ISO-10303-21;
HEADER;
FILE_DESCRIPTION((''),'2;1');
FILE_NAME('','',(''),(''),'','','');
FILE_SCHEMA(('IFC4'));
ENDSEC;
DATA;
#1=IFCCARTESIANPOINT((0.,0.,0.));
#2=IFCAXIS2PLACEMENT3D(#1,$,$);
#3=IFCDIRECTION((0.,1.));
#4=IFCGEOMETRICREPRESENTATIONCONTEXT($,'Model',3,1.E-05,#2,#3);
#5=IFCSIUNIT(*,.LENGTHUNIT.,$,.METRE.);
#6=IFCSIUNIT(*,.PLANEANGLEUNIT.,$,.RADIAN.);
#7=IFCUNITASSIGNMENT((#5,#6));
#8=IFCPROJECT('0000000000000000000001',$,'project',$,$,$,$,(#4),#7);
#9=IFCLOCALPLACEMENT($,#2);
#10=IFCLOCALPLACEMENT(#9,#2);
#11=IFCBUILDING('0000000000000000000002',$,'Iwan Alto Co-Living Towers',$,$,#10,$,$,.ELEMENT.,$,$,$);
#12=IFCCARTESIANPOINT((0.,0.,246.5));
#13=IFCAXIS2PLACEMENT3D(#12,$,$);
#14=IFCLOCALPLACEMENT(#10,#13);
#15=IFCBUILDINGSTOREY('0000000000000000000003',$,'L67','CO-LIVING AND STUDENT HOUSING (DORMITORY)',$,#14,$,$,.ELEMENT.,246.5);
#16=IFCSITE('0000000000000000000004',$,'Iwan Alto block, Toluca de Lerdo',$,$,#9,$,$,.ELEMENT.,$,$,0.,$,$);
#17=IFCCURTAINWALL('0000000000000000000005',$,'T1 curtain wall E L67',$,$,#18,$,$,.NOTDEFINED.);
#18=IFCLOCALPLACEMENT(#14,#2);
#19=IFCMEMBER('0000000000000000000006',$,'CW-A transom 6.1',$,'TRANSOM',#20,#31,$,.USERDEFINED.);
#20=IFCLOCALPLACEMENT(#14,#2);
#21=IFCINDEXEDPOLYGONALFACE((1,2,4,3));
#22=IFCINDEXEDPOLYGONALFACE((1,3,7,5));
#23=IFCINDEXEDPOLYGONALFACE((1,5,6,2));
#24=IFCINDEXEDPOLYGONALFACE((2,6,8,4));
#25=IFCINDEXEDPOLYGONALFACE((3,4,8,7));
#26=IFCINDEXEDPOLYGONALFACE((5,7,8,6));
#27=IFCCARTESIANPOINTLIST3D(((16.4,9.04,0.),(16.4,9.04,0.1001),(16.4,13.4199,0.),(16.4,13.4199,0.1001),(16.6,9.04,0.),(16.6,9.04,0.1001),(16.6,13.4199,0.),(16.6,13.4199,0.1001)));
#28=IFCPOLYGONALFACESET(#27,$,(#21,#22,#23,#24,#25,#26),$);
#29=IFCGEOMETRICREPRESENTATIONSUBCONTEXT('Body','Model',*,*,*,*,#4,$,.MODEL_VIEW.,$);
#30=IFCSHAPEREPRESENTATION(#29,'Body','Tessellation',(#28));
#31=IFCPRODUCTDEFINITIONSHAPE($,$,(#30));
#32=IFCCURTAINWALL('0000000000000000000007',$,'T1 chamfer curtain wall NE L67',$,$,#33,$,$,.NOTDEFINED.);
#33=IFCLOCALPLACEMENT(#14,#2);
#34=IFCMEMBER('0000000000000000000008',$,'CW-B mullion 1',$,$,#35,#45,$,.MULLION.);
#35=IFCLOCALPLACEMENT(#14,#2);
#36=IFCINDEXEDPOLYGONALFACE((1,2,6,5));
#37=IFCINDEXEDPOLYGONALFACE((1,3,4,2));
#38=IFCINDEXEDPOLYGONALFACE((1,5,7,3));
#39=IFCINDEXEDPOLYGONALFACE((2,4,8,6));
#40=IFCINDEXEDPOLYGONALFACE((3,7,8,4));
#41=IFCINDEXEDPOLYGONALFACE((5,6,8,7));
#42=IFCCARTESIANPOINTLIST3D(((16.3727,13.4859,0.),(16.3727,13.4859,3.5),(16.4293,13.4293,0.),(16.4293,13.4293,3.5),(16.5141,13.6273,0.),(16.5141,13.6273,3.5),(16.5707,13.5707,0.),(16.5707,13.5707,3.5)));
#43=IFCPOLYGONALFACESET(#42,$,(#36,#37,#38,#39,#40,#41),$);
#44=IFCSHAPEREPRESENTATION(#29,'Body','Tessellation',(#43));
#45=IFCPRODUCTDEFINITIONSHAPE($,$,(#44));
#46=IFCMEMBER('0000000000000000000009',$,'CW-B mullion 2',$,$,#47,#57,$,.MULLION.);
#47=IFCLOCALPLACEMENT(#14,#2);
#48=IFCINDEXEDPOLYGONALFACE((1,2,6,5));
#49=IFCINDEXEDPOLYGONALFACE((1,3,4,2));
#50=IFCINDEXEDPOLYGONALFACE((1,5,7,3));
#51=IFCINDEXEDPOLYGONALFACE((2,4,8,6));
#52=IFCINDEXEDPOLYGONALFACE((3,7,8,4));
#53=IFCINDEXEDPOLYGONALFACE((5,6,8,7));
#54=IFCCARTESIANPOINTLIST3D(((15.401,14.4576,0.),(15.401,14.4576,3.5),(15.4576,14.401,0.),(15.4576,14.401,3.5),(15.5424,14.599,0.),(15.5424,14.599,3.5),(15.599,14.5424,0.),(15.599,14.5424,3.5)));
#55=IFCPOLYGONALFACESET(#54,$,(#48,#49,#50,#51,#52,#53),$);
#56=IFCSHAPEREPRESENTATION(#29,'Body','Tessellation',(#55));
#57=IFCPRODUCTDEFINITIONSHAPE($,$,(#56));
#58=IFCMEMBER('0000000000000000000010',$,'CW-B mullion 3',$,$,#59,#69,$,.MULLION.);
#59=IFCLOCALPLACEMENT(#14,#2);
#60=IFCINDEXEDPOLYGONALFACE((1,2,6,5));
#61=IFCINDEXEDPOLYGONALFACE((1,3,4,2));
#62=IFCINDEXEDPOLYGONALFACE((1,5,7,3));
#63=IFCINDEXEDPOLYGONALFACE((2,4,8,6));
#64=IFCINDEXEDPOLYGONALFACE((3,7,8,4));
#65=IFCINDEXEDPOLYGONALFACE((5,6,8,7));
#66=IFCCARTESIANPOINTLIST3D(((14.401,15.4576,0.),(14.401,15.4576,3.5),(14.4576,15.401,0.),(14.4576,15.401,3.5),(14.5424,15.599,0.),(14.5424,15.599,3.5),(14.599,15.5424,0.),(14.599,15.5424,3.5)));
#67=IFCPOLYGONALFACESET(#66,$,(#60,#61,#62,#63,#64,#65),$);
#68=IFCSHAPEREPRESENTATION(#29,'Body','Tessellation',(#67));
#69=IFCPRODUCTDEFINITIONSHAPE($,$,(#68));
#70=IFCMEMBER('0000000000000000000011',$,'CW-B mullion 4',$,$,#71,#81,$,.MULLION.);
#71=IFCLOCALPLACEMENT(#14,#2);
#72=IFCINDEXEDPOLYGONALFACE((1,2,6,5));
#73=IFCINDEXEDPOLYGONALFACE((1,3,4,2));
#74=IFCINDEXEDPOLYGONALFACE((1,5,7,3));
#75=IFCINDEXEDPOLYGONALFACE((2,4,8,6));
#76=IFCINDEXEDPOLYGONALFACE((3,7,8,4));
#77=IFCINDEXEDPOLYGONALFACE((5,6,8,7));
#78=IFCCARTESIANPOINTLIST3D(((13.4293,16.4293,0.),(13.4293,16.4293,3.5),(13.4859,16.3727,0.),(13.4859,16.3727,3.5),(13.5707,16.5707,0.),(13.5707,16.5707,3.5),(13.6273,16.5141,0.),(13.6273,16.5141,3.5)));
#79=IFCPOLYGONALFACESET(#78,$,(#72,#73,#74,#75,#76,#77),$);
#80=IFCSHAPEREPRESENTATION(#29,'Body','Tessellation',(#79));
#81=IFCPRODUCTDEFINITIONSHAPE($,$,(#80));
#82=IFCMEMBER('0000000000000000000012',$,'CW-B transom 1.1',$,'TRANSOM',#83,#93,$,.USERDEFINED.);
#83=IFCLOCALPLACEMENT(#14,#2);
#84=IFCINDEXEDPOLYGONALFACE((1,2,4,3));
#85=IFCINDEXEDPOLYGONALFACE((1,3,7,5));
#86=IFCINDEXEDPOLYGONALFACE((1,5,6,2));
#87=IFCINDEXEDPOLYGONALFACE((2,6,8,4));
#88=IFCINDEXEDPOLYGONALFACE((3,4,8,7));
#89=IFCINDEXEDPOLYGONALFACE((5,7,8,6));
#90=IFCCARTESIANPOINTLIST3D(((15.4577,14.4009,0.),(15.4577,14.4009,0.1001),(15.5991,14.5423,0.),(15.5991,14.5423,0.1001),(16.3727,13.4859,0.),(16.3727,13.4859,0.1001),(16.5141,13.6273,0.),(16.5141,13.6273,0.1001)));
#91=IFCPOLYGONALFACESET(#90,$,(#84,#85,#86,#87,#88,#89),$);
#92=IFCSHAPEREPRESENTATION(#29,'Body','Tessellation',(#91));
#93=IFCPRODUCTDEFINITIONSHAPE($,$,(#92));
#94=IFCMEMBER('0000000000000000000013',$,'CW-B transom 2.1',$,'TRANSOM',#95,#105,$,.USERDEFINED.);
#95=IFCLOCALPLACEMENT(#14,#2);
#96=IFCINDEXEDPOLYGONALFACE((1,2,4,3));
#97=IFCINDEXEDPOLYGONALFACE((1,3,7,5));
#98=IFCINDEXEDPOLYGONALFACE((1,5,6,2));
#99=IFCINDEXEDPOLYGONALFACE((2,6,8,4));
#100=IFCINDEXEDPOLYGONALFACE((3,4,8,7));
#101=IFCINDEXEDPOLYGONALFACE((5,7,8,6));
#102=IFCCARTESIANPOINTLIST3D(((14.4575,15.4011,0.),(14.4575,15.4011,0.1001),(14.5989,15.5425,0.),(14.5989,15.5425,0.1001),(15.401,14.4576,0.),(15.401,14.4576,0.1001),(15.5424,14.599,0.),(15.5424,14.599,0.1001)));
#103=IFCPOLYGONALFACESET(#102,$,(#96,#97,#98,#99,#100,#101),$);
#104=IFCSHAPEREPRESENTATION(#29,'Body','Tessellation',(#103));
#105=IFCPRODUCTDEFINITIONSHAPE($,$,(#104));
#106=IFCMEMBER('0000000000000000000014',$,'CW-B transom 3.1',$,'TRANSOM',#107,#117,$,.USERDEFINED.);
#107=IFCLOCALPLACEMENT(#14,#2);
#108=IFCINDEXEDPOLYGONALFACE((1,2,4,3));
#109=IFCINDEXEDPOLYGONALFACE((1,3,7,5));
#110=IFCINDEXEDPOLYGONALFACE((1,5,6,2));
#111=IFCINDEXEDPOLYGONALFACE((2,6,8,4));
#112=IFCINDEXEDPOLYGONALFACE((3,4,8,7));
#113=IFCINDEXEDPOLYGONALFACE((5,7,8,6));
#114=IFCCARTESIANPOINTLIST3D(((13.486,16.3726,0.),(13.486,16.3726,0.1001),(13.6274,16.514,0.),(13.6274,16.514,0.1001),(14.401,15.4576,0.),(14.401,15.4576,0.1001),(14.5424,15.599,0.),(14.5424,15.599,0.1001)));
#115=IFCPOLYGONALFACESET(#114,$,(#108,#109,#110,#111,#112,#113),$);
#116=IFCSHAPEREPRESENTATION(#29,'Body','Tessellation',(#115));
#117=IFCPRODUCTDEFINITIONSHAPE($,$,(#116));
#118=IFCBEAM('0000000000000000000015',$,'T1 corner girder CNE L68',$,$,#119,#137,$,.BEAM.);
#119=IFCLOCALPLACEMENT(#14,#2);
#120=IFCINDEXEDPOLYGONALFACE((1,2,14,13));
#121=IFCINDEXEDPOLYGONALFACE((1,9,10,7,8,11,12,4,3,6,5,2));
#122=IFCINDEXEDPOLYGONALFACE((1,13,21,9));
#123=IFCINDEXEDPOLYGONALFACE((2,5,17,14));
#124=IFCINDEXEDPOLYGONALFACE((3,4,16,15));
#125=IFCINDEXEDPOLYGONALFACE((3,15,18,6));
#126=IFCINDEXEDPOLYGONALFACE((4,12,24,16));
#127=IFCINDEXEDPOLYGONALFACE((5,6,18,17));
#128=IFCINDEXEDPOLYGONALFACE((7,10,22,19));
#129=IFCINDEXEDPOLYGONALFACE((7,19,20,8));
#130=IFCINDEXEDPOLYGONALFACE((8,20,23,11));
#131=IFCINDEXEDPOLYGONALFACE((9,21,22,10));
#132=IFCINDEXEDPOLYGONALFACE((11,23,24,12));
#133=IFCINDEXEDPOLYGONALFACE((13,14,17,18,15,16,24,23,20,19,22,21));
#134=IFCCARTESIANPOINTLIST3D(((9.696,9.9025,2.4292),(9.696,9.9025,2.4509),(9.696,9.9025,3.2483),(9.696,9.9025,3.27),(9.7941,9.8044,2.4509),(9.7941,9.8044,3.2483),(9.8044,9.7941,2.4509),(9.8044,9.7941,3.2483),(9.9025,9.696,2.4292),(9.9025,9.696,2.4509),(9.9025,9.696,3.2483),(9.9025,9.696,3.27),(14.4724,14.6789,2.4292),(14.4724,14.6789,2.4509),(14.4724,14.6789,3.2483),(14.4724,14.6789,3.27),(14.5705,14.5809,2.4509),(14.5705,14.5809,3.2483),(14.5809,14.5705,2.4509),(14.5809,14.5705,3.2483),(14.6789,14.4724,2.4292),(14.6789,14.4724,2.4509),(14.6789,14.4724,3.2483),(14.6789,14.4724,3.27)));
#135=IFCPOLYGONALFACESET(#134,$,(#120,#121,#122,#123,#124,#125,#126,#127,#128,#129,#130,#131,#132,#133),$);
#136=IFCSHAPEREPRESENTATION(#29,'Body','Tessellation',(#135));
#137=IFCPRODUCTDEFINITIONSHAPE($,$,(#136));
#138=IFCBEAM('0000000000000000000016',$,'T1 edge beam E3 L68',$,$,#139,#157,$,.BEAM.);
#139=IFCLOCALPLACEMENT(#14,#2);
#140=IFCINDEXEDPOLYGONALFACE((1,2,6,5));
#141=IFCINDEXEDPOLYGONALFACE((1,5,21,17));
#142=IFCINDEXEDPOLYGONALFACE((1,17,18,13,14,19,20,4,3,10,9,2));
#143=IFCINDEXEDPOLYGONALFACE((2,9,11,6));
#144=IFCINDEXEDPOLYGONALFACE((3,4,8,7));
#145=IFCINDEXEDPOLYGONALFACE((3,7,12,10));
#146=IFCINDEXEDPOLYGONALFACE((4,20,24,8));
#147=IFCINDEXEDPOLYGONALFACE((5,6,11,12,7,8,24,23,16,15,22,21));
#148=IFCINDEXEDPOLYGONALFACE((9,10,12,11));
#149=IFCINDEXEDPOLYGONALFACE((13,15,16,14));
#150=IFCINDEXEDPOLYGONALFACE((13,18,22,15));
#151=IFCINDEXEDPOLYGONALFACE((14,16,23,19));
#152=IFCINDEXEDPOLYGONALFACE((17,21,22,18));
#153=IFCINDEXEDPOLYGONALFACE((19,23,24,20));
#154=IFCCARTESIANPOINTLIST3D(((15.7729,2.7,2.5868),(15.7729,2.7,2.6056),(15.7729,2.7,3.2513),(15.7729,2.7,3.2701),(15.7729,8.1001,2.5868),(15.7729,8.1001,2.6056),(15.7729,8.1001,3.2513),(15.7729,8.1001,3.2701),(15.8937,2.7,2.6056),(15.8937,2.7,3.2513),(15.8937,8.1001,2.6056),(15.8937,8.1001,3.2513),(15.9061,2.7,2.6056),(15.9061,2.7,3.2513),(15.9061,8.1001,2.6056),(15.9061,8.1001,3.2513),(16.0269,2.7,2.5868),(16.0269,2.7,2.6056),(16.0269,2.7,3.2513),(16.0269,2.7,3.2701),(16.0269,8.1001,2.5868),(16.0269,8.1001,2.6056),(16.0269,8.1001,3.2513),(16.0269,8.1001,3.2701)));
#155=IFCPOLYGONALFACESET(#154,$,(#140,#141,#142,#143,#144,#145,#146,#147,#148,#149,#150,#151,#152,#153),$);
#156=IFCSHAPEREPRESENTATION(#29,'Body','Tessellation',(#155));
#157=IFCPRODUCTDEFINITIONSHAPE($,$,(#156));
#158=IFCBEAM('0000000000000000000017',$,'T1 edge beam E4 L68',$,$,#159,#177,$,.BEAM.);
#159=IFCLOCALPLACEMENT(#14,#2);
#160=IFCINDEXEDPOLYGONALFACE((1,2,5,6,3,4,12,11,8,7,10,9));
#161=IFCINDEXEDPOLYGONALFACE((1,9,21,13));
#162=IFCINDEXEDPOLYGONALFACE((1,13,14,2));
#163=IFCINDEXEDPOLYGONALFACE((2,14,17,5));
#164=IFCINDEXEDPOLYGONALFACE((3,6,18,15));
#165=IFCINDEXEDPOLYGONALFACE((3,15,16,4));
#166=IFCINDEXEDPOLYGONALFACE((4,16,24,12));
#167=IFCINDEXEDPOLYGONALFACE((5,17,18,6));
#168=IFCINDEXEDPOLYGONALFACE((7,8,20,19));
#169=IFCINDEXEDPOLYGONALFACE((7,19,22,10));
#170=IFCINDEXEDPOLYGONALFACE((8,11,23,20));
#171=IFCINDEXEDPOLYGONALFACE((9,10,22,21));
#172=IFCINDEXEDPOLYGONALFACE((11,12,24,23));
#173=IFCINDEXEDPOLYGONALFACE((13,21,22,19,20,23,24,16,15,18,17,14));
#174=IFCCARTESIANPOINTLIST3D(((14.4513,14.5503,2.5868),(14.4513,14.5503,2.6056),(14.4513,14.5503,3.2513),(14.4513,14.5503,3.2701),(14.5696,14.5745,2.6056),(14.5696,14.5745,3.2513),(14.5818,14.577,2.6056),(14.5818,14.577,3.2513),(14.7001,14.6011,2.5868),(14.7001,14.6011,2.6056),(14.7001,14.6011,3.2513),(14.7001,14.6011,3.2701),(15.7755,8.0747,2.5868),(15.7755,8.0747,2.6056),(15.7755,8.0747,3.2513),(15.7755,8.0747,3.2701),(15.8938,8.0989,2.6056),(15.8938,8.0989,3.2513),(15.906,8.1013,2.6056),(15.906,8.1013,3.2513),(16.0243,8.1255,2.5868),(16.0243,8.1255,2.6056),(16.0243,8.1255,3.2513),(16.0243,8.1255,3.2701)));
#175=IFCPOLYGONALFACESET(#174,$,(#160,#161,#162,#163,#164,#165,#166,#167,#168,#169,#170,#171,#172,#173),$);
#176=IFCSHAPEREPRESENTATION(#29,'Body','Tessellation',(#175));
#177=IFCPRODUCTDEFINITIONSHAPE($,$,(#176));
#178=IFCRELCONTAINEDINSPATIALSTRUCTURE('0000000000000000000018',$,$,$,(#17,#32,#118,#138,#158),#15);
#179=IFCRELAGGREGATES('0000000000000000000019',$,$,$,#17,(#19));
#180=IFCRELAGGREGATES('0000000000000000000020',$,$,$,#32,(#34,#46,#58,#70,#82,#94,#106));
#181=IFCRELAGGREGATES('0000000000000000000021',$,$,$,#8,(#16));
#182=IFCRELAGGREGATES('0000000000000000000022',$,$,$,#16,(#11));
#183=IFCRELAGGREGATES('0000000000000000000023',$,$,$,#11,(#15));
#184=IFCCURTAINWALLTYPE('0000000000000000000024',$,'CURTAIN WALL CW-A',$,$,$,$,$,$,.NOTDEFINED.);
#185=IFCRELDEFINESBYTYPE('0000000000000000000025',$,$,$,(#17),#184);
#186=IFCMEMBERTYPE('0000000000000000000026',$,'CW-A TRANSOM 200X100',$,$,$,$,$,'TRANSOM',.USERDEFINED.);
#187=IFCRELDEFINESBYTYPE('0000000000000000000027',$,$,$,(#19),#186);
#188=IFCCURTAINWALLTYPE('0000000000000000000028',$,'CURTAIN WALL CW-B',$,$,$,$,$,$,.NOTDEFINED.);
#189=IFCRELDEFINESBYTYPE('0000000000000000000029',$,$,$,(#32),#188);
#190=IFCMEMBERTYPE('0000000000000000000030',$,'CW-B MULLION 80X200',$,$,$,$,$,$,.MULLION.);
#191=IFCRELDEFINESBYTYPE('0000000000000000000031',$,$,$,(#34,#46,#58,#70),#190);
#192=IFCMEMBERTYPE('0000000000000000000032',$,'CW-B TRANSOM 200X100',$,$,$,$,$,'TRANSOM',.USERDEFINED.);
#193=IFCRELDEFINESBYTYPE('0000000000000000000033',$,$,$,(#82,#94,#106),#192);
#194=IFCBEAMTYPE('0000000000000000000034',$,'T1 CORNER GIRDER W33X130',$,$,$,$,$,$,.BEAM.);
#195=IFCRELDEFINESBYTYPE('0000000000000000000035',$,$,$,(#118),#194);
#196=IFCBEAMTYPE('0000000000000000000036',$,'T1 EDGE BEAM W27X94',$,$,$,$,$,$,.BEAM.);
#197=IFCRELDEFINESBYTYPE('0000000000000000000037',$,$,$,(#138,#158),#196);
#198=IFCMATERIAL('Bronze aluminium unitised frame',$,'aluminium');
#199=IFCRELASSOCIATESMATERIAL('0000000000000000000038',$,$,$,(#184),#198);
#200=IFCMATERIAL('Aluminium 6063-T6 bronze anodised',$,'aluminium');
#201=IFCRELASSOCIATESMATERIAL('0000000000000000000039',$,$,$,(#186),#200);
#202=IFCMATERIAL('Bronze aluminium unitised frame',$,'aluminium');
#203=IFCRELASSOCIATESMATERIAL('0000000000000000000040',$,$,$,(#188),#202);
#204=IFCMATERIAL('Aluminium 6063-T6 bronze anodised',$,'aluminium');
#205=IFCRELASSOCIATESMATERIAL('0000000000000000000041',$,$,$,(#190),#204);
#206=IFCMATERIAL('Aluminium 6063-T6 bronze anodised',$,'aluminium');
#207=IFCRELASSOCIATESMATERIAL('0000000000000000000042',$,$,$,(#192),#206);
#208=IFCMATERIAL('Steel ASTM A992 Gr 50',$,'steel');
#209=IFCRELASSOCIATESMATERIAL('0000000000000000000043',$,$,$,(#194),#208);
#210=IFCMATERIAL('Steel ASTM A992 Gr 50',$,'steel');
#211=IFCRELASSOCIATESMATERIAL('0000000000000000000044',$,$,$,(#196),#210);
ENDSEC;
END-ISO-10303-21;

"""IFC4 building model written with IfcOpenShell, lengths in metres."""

from ifc_helpers import new_model, si_unit, direction, frame, origin, origin_2d, place, context, subcontext, project, spatial, rectangle, i_section, extrude, material, material_profile, profile_set, type_object, element, aggregate, save


model = new_model("IFC4")

# Units and contexts
model_context = context("Model", 3, precision=1e-05, world=origin(), true_north=direction((0.0, 1.0)))
body_context = subcontext(model_context, "Body", "Model", "MODEL_VIEW")
ifc_project = project(units=[si_unit("LENGTHUNIT", "METRE"), si_unit("PLANEANGLEUNIT", "RADIAN")], contexts=[model_context])

# Site, building, storey
site_placement = place(None, origin())
site = spatial("IfcSite", under=ifc_project, at=site_placement, Name="Iwan Alto block, Toluca de Lerdo", CompositionType="ELEMENT", RefElevation=0.0)
building_placement = place(site_placement, origin())
building = spatial("IfcBuilding", under=site, at=building_placement, Name="Iwan Alto Co-Living Towers", CompositionType="ELEMENT")
storey_placement = place(building_placement, frame((0.0, 0.0, 246.5)))
storey = spatial("IfcBuildingStorey", under=building, at=storey_placement, Name="L67", Description="CO-LIVING AND STUDENT HOUSING (DORMITORY)", CompositionType="ELEMENT", Elevation=246.5)

# Curtain wall
ifc_material_1 = material(Name="Bronze aluminium unitised frame", Category="aluminium")
curtain_wall_type_1 = type_object("IfcCurtainWallType", Name="CURTAIN WALL CW-A", PredefinedType="NOTDEFINED", material=ifc_material_1)
curtain_wall_1_placement = place(storey_placement, origin())
curtain_wall_1 = element("IfcCurtainWall", 1, at=curtain_wall_1_placement, inside=storey, type_object=curtain_wall_type_1, Name="T1 curtain wall E L67", PredefinedType="NOTDEFINED")

# Member
ifc_material_2 = material(Name="Aluminium 6063-T6 bronze anodised", Category="aluminium")
ifc_material_profile_1 = material_profile(ifc_material_2, rectangle(XDim=0.2, YDim=0.1001, at=origin_2d()), Name="AL 200X100")
ifc_profile_set_1 = profile_set([ifc_material_profile_1], Name="Aluminium 6063-T6 bronze anodised")
member_type_1 = type_object("IfcMemberType", Name="CW-A TRANSOM 200X100", ElementType="TRANSOM", PredefinedType="USERDEFINED", material=ifc_profile_set_1)
member_1_placement = place(storey_placement, frame((16.5, 9.04, 0.05), z_axis=(0.0, 1.0, 0.0), x_axis=(-1.0, 0.0, 0.0)))
member_1 = element("IfcMember", 2, at=member_1_placement, type_object=member_type_1, Name="CW-A transom 6.1", ObjectType="TRANSOM", PredefinedType="USERDEFINED", context=body_context, shape_type="SweptSolid", body=[
    extrude(rectangle(XDim=0.2, YDim=0.1001, at=origin_2d()), origin(), (0.0, 0.0, 1.0), 4.3799),
])

# Curtain wall, members
ifc_material_3 = material(Name="Bronze aluminium unitised frame", Category="aluminium")
curtain_wall_type_2 = type_object("IfcCurtainWallType", Name="CURTAIN WALL CW-B", PredefinedType="NOTDEFINED", material=ifc_material_3)
curtain_wall_2_placement = place(storey_placement, origin())
curtain_wall_2 = element("IfcCurtainWall", 3, at=curtain_wall_2_placement, inside=storey, type_object=curtain_wall_type_2, Name="T1 chamfer curtain wall NE L67", PredefinedType="NOTDEFINED")
ifc_material_4 = material(Name="Aluminium 6063-T6 bronze anodised", Category="aluminium")
ifc_material_profile_2 = material_profile(ifc_material_4, rectangle(XDim=0.2, YDim=0.0801, at=origin_2d()), Name="AL 80X200")
ifc_profile_set_2 = profile_set([ifc_material_profile_2], Name="Aluminium 6063-T6 bronze anodised")
member_type_2 = type_object("IfcMemberType", Name="CW-B MULLION 80X200", PredefinedType="MULLION", material=ifc_profile_set_2)
member_2_placement = place(storey_placement, frame((16.4717, 13.5283, 0.0), z_axis=(0.0, 0.0, 1.0), x_axis=(-0.707107, -0.707107, 0.0)))
member_2 = element("IfcMember", 4, at=member_2_placement, type_object=member_type_2, Name="CW-B mullion 1", PredefinedType="MULLION", context=body_context, shape_type="SweptSolid", body=[
    extrude(rectangle(XDim=0.2, YDim=0.0801, at=origin_2d()), origin(), (0.0, 0.0, 1.0), 3.5),
])
member_3_placement = place(storey_placement, frame((15.5, 14.5, 0.0), z_axis=(0.0, 0.0, 1.0), x_axis=(-0.707107, -0.707107, 0.0)))
member_3 = element("IfcMember", 5, at=member_3_placement, type_object=member_type_2, Name="CW-B mullion 2", PredefinedType="MULLION", context=body_context, shape_type="SweptSolid", body=[
    extrude(rectangle(XDim=0.2, YDim=0.0801, at=origin_2d()), origin(), (0.0, 0.0, 1.0), 3.5),
])
member_4_placement = place(storey_placement, frame((14.5, 15.5, 0.0), z_axis=(0.0, 0.0, 1.0), x_axis=(-0.707107, -0.707107, 0.0)))
member_4 = element("IfcMember", 6, at=member_4_placement, type_object=member_type_2, Name="CW-B mullion 3", PredefinedType="MULLION", context=body_context, shape_type="SweptSolid", body=[
    extrude(rectangle(XDim=0.2, YDim=0.0801, at=origin_2d()), origin(), (0.0, 0.0, 1.0), 3.5),
])
member_5_placement = place(storey_placement, frame((13.5283, 16.4717, 0.0), z_axis=(0.0, 0.0, 1.0), x_axis=(-0.707107, -0.707107, 0.0)))
member_5 = element("IfcMember", 7, at=member_5_placement, type_object=member_type_2, Name="CW-B mullion 4", PredefinedType="MULLION", context=body_context, shape_type="SweptSolid", body=[
    extrude(rectangle(XDim=0.2, YDim=0.0801, at=origin_2d()), origin(), (0.0, 0.0, 1.0), 3.5),
])
ifc_material_5 = material(Name="Aluminium 6063-T6 bronze anodised", Category="aluminium")
ifc_material_profile_3 = material_profile(ifc_material_5, rectangle(XDim=0.2, YDim=0.1001, at=origin_2d()), Name="AL 200X100")
ifc_profile_set_3 = profile_set([ifc_material_profile_3], Name="Aluminium 6063-T6 bronze anodised")
member_type_3 = type_object("IfcMemberType", Name="CW-B TRANSOM 200X100", ElementType="TRANSOM", PredefinedType="USERDEFINED", material=ifc_profile_set_3)
member_6_placement = place(storey_placement, frame((16.4434, 13.5566, 0.05), z_axis=(-0.707107, 0.707107, 0.0), x_axis=(-0.707107, -0.707107, 0.0)))
member_6 = element("IfcMember", 8, at=member_6_placement, type_object=member_type_3, Name="CW-B transom 1.1", ObjectType="TRANSOM", PredefinedType="USERDEFINED", context=body_context, shape_type="SweptSolid", body=[
    extrude(rectangle(XDim=0.2, YDim=0.1001, at=origin_2d()), origin(), (0.0, 0.0, 1.0), 1.2939),
])
member_7_placement = place(storey_placement, frame((15.4717, 14.5283, 0.05), z_axis=(-0.707107, 0.707107, 0.0), x_axis=(-0.707107, -0.707107, 0.0)))
member_7 = element("IfcMember", 9, at=member_7_placement, type_object=member_type_3, Name="CW-B transom 2.1", ObjectType="TRANSOM", PredefinedType="USERDEFINED", context=body_context, shape_type="SweptSolid", body=[
    extrude(rectangle(XDim=0.2, YDim=0.1001, at=origin_2d()), origin(), (0.0, 0.0, 1.0), 1.3342),
])
member_8_placement = place(storey_placement, frame((14.4717, 15.5283, 0.05), z_axis=(-0.707107, 0.707107, 0.0), x_axis=(-0.707107, -0.707107, 0.0)))
member_8 = element("IfcMember", 10, at=member_8_placement, type_object=member_type_3, Name="CW-B transom 3.1", ObjectType="TRANSOM", PredefinedType="USERDEFINED", context=body_context, shape_type="SweptSolid", body=[
    extrude(rectangle(XDim=0.2, YDim=0.1001, at=origin_2d()), origin(), (0.0, 0.0, 1.0), 1.2939),
])

# Beams
ifc_material_6 = material(Name="Steel ASTM A992 Gr 50", Category="steel")
ifc_material_profile_4 = material_profile(ifc_material_6, i_section(OverallWidth=0.292, OverallDepth=0.8408, WebThickness=0.0146, FlangeThickness=0.0217, at=origin_2d()), Name="W33X130")
ifc_profile_set_4 = profile_set([ifc_material_profile_4], Name="Steel ASTM A992 Gr 50")
beam_type_1 = type_object("IfcBeamType", Name="T1 CORNER GIRDER W33X130", PredefinedType="BEAM", material=ifc_profile_set_4)
beam_1_placement = place(storey_placement, frame((14.5757, 14.5757, 2.8496), z_axis=(-0.707107, -0.707107, 0.0), x_axis=(0.707107, -0.707107, 0.0)))
element("IfcBeam", 11, at=beam_1_placement, inside=storey, type_object=beam_type_1, Name="T1 corner girder CNE L68", PredefinedType="BEAM", context=body_context, shape_type="SweptSolid", body=[
    extrude(i_section(OverallWidth=0.292, OverallDepth=0.8408, WebThickness=0.0146, FlangeThickness=0.0217, at=origin_2d()), origin(), (0.0, 0.0, 1.0), 6.7549),
])
ifc_material_7 = material(Name="Steel ASTM A992 Gr 50", Category="steel")
ifc_material_profile_5 = material_profile(ifc_material_7, i_section(OverallWidth=0.2539, OverallDepth=0.6833, WebThickness=0.0125, FlangeThickness=0.0188, at=origin_2d()), Name="W27X94")
ifc_profile_set_5 = profile_set([ifc_material_profile_5], Name="Steel ASTM A992 Gr 50")
beam_type_2 = type_object("IfcBeamType", Name="T1 EDGE BEAM W27X94", PredefinedType="BEAM", material=ifc_profile_set_5)
beam_2_placement = place(storey_placement, frame((15.8999, 2.7, 2.9285), z_axis=(0.0, 1.0, 0.0), x_axis=(-1.0, 0.0, 0.0)))
element("IfcBeam", 12, at=beam_2_placement, inside=storey, type_object=beam_type_2, Name="T1 edge beam E3 L68", PredefinedType="BEAM", context=body_context, shape_type="SweptSolid", body=[
    extrude(i_section(OverallWidth=0.2539, OverallDepth=0.6833, WebThickness=0.0125, FlangeThickness=0.0188, at=origin_2d()), origin(), (0.0, 0.0, 1.0), 5.4001),
])
for number, where, z_axis, x_axis, name in (
    (13, (15.8999, 8.1001, 2.9285), (-0.200348, 0.979725, 0.0), (-0.979725, -0.200348, 0.0), "T1 edge beam E4 L68"),
):
    element("IfcBeam", number, at=place(storey_placement, frame(where, z_axis=z_axis, x_axis=x_axis)), inside=storey, type_object=beam_type_2, Name=name, PredefinedType="BEAM", context=body_context, shape_type="SweptSolid", body=[
        extrude(i_section(OverallWidth=0.2539, OverallDepth=0.6833, WebThickness=0.0125, FlangeThickness=0.0188, at=origin_2d()), origin(), (0.0, 0.0, 1.0), 6.6096),
    ])

aggregate(curtain_wall_1, [member_1])
aggregate(curtain_wall_2, [member_2, member_3, member_4, member_5, member_6, member_7, member_8])

save(model, "model.ifc")
